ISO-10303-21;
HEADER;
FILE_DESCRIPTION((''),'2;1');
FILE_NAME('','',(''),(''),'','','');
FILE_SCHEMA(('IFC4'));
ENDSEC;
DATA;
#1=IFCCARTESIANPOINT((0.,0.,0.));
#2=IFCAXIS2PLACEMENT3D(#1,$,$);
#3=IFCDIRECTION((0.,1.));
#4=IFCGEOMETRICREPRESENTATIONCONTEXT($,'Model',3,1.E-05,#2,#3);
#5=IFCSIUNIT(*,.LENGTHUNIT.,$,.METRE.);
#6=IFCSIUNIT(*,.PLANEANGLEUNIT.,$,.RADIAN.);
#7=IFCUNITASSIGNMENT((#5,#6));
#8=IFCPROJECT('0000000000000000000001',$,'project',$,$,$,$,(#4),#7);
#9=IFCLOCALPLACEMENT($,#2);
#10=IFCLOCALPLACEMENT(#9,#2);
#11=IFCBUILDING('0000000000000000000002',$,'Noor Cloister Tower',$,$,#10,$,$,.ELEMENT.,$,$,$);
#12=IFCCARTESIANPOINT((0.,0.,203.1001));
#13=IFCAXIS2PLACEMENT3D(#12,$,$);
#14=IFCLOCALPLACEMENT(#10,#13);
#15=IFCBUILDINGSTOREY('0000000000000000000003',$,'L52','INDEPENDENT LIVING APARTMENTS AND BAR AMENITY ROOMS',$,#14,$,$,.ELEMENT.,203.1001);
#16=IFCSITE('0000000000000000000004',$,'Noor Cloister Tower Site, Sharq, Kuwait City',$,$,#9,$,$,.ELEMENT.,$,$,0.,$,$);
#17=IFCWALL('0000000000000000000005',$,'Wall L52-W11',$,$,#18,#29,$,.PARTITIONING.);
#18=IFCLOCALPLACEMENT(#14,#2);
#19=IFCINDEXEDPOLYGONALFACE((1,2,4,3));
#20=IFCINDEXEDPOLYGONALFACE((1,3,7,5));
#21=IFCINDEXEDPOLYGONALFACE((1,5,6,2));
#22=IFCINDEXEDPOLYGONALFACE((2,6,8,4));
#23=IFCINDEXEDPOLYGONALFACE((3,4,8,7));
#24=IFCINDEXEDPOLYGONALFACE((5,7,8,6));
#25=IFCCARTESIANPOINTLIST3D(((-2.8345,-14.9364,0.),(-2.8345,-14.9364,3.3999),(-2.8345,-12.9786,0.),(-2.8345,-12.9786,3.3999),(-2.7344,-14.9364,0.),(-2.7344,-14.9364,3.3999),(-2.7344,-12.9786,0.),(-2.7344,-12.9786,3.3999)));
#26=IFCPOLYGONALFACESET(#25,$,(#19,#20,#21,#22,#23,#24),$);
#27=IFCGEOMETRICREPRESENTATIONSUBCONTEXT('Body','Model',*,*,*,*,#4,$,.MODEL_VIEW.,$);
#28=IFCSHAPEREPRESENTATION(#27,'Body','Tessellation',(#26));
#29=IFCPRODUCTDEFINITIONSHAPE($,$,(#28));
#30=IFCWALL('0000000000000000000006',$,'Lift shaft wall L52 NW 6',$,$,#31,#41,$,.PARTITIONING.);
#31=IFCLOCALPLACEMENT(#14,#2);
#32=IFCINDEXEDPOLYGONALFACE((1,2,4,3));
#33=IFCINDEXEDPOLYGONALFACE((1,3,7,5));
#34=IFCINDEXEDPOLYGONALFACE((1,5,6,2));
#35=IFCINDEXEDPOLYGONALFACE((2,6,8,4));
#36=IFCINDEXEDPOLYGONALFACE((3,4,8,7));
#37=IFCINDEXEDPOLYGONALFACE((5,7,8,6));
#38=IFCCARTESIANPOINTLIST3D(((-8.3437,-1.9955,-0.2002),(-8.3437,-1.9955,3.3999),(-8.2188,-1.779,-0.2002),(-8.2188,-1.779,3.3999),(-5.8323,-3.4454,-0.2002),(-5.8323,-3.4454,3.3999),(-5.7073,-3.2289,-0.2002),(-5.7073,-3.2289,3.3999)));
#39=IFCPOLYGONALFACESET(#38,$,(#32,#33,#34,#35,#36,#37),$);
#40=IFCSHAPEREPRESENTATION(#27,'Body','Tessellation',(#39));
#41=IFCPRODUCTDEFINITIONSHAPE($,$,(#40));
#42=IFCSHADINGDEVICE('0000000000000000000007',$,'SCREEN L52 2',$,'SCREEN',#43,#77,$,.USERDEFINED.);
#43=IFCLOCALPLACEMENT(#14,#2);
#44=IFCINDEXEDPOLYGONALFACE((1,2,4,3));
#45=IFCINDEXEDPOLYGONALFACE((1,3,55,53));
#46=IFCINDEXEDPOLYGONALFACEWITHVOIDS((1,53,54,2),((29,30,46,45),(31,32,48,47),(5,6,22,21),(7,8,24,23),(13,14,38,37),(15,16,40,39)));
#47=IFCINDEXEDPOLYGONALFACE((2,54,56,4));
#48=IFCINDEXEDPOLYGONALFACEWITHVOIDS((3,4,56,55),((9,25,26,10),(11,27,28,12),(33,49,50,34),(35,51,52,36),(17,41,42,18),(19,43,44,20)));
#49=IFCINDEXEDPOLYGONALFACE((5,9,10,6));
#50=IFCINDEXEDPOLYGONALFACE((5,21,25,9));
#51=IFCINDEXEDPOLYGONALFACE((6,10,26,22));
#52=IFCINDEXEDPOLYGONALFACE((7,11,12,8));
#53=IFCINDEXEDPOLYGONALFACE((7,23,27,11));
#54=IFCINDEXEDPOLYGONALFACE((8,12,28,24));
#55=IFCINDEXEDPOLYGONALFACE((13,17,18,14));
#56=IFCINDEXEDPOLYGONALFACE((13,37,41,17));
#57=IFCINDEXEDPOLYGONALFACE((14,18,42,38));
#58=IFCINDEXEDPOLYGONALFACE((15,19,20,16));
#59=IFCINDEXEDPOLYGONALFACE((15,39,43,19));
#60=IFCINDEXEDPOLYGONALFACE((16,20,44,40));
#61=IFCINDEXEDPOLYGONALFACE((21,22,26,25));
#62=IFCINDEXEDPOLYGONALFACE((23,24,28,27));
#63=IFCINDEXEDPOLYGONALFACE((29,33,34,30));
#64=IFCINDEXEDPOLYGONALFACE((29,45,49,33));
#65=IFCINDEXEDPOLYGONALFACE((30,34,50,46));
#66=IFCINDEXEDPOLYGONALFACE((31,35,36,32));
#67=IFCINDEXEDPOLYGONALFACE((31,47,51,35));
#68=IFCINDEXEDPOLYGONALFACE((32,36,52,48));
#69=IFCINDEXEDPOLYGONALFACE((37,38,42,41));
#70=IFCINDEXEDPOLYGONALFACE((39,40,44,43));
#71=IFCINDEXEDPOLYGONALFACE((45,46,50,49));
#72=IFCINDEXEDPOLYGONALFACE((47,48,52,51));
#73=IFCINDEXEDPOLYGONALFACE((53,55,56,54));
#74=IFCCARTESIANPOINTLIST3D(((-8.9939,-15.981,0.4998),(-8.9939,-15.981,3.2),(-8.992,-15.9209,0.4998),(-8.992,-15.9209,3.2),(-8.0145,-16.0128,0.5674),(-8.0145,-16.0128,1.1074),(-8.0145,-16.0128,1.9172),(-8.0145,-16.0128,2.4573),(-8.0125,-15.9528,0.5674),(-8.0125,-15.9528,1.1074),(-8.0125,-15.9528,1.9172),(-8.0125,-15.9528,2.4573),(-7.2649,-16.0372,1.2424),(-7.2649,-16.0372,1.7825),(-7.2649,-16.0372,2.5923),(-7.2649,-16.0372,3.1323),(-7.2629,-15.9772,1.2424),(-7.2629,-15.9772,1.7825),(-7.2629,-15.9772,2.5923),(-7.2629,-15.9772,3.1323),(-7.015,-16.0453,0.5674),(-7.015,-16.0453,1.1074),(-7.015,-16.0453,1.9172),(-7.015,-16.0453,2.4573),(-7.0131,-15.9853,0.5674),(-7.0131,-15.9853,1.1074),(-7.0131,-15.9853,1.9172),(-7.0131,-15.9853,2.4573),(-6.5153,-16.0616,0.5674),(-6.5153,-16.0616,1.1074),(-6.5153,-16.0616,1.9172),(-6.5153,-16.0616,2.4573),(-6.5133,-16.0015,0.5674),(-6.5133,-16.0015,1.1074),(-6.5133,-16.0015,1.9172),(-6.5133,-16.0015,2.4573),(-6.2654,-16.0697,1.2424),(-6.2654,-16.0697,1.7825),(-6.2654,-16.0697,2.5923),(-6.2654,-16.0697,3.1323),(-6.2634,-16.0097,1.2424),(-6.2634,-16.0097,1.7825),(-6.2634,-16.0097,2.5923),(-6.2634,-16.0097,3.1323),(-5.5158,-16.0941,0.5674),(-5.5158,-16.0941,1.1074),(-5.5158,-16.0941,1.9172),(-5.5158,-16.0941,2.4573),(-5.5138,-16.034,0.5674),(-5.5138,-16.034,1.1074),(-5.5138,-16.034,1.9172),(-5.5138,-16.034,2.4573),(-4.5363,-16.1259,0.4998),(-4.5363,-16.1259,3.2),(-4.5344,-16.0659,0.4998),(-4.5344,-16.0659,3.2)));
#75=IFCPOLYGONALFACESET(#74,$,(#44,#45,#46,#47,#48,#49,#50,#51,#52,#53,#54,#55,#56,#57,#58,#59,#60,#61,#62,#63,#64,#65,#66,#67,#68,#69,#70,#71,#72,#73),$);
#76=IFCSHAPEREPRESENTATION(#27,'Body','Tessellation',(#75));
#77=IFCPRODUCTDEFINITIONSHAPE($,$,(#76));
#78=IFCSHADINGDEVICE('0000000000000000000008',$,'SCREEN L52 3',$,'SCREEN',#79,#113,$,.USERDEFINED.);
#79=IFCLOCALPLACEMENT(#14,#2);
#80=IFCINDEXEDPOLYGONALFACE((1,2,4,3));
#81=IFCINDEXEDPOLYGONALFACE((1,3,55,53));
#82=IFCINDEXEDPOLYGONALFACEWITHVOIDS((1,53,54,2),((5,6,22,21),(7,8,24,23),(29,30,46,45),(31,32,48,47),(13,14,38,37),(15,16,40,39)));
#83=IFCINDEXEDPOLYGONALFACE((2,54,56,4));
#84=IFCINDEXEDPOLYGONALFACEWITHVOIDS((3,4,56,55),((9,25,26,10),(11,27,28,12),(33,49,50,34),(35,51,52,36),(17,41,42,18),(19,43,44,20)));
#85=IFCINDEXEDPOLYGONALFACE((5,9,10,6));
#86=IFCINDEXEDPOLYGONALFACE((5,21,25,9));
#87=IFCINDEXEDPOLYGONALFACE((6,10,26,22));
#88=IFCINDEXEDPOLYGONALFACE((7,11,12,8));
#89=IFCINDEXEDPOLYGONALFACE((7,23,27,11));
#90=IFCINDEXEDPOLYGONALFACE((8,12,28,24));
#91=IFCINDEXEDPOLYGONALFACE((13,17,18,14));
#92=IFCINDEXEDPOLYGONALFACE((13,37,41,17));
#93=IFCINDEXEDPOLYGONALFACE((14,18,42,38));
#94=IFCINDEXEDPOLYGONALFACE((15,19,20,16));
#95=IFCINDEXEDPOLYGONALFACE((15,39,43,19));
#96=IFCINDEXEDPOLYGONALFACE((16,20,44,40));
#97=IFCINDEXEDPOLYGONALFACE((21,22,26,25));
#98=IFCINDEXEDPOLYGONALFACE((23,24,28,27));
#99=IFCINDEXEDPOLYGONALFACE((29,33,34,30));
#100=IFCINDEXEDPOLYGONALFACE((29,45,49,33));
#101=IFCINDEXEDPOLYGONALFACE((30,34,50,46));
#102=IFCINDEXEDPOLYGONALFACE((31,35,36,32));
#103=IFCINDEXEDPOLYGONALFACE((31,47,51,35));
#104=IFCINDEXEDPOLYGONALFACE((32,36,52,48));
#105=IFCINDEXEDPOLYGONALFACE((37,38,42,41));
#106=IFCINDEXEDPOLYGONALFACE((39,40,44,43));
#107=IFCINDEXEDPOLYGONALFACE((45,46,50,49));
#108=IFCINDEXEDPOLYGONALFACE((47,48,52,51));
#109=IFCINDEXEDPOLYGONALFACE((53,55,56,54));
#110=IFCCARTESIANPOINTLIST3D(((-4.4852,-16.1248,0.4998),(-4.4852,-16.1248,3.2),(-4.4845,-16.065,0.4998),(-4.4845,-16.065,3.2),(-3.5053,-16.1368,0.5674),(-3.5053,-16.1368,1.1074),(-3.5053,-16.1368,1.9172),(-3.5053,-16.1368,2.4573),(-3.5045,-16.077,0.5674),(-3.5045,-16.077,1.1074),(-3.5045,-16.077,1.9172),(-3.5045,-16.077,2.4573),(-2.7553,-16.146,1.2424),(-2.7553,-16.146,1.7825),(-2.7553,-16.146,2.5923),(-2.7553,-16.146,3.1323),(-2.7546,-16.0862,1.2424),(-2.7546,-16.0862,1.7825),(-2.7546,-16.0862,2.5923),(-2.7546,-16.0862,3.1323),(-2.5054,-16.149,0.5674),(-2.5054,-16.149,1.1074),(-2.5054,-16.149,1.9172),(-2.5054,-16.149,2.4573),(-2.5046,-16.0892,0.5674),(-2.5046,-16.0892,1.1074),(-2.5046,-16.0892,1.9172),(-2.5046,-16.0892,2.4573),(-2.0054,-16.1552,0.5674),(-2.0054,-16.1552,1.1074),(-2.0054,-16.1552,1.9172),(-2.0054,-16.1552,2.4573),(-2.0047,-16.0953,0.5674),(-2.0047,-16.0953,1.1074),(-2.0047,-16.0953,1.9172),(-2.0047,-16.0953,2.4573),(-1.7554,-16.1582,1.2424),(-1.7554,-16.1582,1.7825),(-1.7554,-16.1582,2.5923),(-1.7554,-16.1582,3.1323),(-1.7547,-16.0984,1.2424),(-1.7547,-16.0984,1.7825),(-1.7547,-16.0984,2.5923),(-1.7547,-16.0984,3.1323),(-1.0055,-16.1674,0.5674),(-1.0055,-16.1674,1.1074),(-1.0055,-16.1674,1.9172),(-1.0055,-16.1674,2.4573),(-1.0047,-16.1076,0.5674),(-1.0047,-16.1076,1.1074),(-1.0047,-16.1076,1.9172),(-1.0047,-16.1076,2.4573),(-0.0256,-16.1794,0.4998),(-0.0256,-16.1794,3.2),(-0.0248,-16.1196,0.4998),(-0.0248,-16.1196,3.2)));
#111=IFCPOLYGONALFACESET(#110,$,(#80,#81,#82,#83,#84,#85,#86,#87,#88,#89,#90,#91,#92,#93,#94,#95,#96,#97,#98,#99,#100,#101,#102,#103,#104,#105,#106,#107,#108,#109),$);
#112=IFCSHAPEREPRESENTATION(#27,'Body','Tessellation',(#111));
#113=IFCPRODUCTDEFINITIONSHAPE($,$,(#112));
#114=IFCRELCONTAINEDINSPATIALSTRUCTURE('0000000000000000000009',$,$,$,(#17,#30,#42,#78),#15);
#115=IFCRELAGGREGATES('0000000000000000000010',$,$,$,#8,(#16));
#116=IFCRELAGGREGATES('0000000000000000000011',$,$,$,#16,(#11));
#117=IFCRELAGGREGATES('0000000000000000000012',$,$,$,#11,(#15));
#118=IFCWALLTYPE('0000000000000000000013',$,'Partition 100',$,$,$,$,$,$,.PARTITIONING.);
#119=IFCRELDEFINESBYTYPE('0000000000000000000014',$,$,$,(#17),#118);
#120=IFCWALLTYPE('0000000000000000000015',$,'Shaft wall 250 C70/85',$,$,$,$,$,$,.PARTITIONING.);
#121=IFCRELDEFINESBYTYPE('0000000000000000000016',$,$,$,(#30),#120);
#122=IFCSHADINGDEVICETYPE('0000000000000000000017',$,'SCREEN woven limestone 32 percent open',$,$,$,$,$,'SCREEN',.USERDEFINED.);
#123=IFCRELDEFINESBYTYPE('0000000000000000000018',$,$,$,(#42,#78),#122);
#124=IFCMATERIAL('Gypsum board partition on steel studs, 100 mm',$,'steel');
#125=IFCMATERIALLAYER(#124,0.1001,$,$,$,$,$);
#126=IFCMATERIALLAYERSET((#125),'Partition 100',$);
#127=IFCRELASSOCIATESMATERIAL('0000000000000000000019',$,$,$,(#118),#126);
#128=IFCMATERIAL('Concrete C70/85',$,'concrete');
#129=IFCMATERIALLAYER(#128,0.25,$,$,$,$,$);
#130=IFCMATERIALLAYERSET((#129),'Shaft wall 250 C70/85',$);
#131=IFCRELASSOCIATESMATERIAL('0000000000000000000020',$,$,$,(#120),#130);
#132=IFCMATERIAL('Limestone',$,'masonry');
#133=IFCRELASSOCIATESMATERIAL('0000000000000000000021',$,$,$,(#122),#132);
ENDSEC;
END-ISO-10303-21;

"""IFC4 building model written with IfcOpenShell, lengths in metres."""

from ifc_helpers import new_model, si_unit, direction, frame, frame_2d, origin, place, context, subcontext, project, spatial, polyline, rectangle, outline, extrude, material, layer, layer_set, material_profile, profile_set, type_object, element, save


model = new_model("IFC4")

# Units and contexts
model_context = context("Model", 3, precision=1e-05, world=origin(), true_north=direction((0.0, 1.0)))
body_context = subcontext(model_context, "Body", "Model", "MODEL_VIEW")
ifc_project = project(units=[si_unit("LENGTHUNIT", "METRE"), si_unit("PLANEANGLEUNIT", "RADIAN")], contexts=[model_context])

# Site, building, storey
site_placement = place(None, origin())
site = spatial("IfcSite", under=ifc_project, at=site_placement, Name="Noor Cloister Tower Site, Sharq, Kuwait City", CompositionType="ELEMENT", RefElevation=0.0)
building_placement = place(site_placement, origin())
building = spatial("IfcBuilding", under=site, at=building_placement, Name="Noor Cloister Tower", CompositionType="ELEMENT")
storey_placement = place(building_placement, frame((0.0, 0.0, 203.1001)))
storey = spatial("IfcBuildingStorey", under=building, at=storey_placement, Name="L52", Description="INDEPENDENT LIVING APARTMENTS AND BAR AMENITY ROOMS", CompositionType="ELEMENT", Elevation=203.1001)

# Walls
ifc_material_1 = material(Name="Gypsum board partition on steel studs, 100 mm", Category="steel")
ifc_layer_1 = layer(ifc_material_1, 0.1001)
ifc_layer_set_1 = layer_set([ifc_layer_1], Name="Partition 100")
wall_type_1 = type_object("IfcWallType", Name="Partition 100", PredefinedType="PARTITIONING", material=ifc_layer_set_1)
wall_1_placement = place(storey_placement, frame((-2.7844, -12.9785, 0.0), z_axis=(0.0, 0.0, 1.0), x_axis=(0.0, -1.0, 0.0)))
element("IfcWall", 1, at=wall_1_placement, inside=storey, type_object=wall_type_1, Name="Wall L52-W11", PredefinedType="PARTITIONING", context=body_context, shape_type="SweptSolid", body=[
    extrude(rectangle(XDim=1.9578, YDim=0.1001, at=frame_2d((0.979, 0.0))), origin(), (0.0, 0.0, 1.0), 3.3999),
])
ifc_material_2 = material(Name="Concrete C70/85", Category="concrete")
ifc_layer_2 = layer(ifc_material_2, 0.25)
ifc_layer_set_2 = layer_set([ifc_layer_2], Name="Shaft wall 250 C70/85")
wall_type_2 = type_object("IfcWallType", Name="Shaft wall 250 C70/85", PredefinedType="PARTITIONING", material=ifc_layer_set_2)
wall_2_placement = place(storey_placement, frame((-8.2812, -1.8872, -0.2002), z_axis=(0.0, 0.0, 1.0), x_axis=(0.866033, -0.499987, 0.0)))
element("IfcWall", 2, at=wall_2_placement, inside=storey, type_object=wall_type_2, Name="Lift shaft wall L52 NW 6", PredefinedType="PARTITIONING", context=body_context, shape_type="SweptSolid", body=[
    extrude(rectangle(XDim=2.8999, YDim=0.25, at=frame_2d((1.45, 0.0))), origin(), (0.0, 0.0, 1.0), 3.6001),
])

# Shading devices
ifc_material_3 = material(Name="Limestone", Category="masonry")
ifc_material_profile_1 = material_profile(ifc_material_3, outline(polyline([(-2.23, -1.3501), (2.23, -1.3501), (2.23, 1.3501), (-2.23, 1.3501), (-2.23, -1.3501)]), holes=[polyline([(-1.25, -1.2825), (-0.25, -1.2825), (-0.25, -0.7424), (-1.25, -0.7424), (-1.25, -1.2825)]), polyline([(0.25, -1.2825), (1.25, -1.2825), (1.25, -0.7424), (0.25, -0.7424), (0.25, -1.2825)]), polyline([(-0.5, -0.6074), (0.5, -0.6074), (0.5, -0.0674), (-0.5, -0.0674), (-0.5, -0.6074)]), polyline([(-1.25, 0.0674), (-0.25, 0.0674), (-0.25, 0.6074), (-1.25, 0.6074), (-1.25, 0.0674)]), polyline([(0.25, 0.0674), (1.25, 0.0674), (1.25, 0.6074), (0.25, 0.6074), (0.25, 0.0674)]), polyline([(-0.5, 0.7424), (0.5, 0.7424), (0.5, 1.2825), (-0.5, 1.2825), (-0.5, 0.7424)])]), Name="Woven screen 32 percent open")
ifc_profile_set_1 = profile_set([ifc_material_profile_1], Name="Limestone")
shading_device_type = type_object("IfcShadingDeviceType", Name="SCREEN woven limestone 32 percent open", ElementType="SCREEN", PredefinedType="USERDEFINED", material=ifc_profile_set_1)
shading_device_1_placement = place(storey_placement, frame((-6.7632, -15.9934, 1.8499), z_axis=(-0.032503, -0.999472, 0.0), x_axis=(0.999472, -0.032503, 0.0)))
element("IfcShadingDevice", 3, at=shading_device_1_placement, inside=storey, type_object=shading_device_type, Name="SCREEN L52 2", ObjectType="SCREEN", PredefinedType="USERDEFINED", context=body_context, shape_type="SweptSolid", body=[
    extrude(outline(polyline([(-2.23, -1.3501), (2.23, -1.3501), (2.23, 1.3501), (-2.23, 1.3501), (-2.23, -1.3501)]), holes=[polyline([(-1.25, -1.2825), (-0.25, -1.2825), (-0.25, -0.7424), (-1.25, -0.7424), (-1.25, -1.2825)]), polyline([(0.25, -1.2825), (1.25, -1.2825), (1.25, -0.7424), (0.25, -0.7424), (0.25, -1.2825)]), polyline([(-0.5, -0.6074), (0.5, -0.6074), (0.5, -0.0674), (-0.5, -0.0674), (-0.5, -0.6074)]), polyline([(-1.25, 0.0674), (-0.25, 0.0674), (-0.25, 0.6074), (-1.25, 0.6074), (-1.25, 0.0674)]), polyline([(0.25, 0.0674), (1.25, 0.0674), (1.25, 0.6074), (0.25, 0.6074), (0.25, 0.0674)]), polyline([(-0.5, 0.7424), (0.5, 0.7424), (0.5, 1.2825), (-0.5, 1.2825), (-0.5, 0.7424)])]), origin(), (0.0, 0.0, 1.0), 0.0601),
])
shading_device_2_placement = place(storey_placement, frame((-2.2546, -16.0923, 1.8499), z_axis=(-0.012244, -0.999925, 0.0), x_axis=(0.999925, -0.012244, 0.0)))
element("IfcShadingDevice", 4, at=shading_device_2_placement, inside=storey, type_object=shading_device_type, Name="SCREEN L52 3", ObjectType="SCREEN", PredefinedType="USERDEFINED", context=body_context, shape_type="SweptSolid", body=[
    extrude(outline(polyline([(-2.23, -1.3501), (2.23, -1.3501), (2.23, 1.3501), (-2.23, 1.3501), (-2.23, -1.3501)]), holes=[polyline([(-1.25, -1.2825), (-0.25, -1.2825), (-0.25, -0.7424), (-1.25, -0.7424), (-1.25, -1.2825)]), polyline([(0.25, -1.2825), (1.25, -1.2825), (1.25, -0.7424), (0.25, -0.7424), (0.25, -1.2825)]), polyline([(-0.5, -0.6074), (0.5, -0.6074), (0.5, -0.0674), (-0.5, -0.0674), (-0.5, -0.6074)]), polyline([(-1.25, 0.0674), (-0.25, 0.0674), (-0.25, 0.6074), (-1.25, 0.6074), (-1.25, 0.0674)]), polyline([(0.25, 0.0674), (1.25, 0.0674), (1.25, 0.6074), (0.25, 0.6074), (0.25, 0.0674)]), polyline([(-0.5, 0.7424), (0.5, 0.7424), (0.5, 1.2825), (-0.5, 1.2825), (-0.5, 0.7424)])]), origin(), (0.0, 0.0, 1.0), 0.0598),
])

save(model, "model.ifc")
